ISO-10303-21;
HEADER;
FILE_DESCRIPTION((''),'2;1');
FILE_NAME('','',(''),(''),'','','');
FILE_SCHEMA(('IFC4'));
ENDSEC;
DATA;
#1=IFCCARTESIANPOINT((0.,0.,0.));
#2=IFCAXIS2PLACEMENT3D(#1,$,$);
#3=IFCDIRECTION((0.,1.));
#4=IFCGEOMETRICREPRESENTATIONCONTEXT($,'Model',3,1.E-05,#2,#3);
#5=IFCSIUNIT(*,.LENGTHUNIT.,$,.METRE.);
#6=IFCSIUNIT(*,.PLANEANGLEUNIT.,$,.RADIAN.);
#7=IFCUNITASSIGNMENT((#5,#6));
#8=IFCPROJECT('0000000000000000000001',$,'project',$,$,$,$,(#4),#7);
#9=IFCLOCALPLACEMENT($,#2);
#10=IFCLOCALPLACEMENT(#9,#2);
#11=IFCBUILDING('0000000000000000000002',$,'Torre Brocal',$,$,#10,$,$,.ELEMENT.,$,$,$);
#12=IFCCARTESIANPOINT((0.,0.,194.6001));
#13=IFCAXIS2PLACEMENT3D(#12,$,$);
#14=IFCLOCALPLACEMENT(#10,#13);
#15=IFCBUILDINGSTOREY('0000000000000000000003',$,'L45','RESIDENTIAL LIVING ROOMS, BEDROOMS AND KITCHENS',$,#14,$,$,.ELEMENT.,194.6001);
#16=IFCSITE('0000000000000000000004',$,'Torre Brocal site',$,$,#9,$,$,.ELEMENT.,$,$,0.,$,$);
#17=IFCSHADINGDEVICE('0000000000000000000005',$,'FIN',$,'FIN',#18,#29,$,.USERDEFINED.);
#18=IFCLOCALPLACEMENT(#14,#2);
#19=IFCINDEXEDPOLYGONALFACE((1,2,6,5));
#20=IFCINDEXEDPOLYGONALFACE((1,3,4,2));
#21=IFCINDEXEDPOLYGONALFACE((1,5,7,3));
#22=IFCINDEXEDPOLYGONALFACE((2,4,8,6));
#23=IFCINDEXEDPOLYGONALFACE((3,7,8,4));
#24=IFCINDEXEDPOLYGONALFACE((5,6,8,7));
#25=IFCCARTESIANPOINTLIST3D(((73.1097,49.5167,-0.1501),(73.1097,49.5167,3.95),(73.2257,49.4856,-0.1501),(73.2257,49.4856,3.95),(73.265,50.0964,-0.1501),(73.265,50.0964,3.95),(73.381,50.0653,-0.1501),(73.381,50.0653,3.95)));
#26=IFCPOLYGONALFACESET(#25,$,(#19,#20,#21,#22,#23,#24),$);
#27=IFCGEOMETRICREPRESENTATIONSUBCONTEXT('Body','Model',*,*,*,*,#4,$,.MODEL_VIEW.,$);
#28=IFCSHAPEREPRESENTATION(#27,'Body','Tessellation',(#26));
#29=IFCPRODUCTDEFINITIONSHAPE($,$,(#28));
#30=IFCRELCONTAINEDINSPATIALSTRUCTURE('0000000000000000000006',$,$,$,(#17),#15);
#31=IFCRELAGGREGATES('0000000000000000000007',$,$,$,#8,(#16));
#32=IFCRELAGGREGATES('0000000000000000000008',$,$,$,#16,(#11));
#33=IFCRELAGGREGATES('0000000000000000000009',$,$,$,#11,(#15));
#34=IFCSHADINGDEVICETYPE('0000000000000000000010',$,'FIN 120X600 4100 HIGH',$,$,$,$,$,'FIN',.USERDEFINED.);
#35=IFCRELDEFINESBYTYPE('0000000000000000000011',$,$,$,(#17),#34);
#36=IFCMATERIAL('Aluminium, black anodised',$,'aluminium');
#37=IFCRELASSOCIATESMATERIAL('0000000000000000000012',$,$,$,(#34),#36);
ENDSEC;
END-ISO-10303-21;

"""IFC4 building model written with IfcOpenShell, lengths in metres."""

from ifc_helpers import new_model, si_unit, direction, frame, origin, origin_2d, place, context, subcontext, project, spatial, rectangle, extrude, material, material_profile, profile_set, type_object, element, save


model = new_model("IFC4")

# Units and contexts
model_context = context("Model", 3, precision=1e-05, world=origin(), true_north=direction((0.0, 1.0)))
body_context = subcontext(model_context, "Body", "Model", "MODEL_VIEW")
ifc_project = project(units=[si_unit("LENGTHUNIT", "METRE"), si_unit("PLANEANGLEUNIT", "RADIAN")], contexts=[model_context])

# Site, building, storey
site_placement = place(None, origin())
site = spatial("IfcSite", under=ifc_project, at=site_placement, Name="Torre Brocal site", CompositionType="ELEMENT", RefElevation=0.0)
building_placement = place(site_placement, origin())
building = spatial("IfcBuilding", under=site, at=building_placement, Name="Torre Brocal", CompositionType="ELEMENT")
storey_placement = place(building_placement, frame((0.0, 0.0, 194.6001)))
storey = spatial("IfcBuildingStorey", under=building, at=storey_placement, Name="L45", Description="RESIDENTIAL LIVING ROOMS, BEDROOMS AND KITCHENS", CompositionType="ELEMENT", Elevation=194.6001)

# Shading device
ifc_material_1 = material(Name="Aluminium, black anodised", Category="aluminium")
ifc_material_profile_1 = material_profile(ifc_material_1, rectangle(XDim=0.1201, YDim=0.6001, at=origin_2d()), Name="FIN 120X600 4100 HIGH")
ifc_profile_set_1 = profile_set([ifc_material_profile_1], Name="Aluminium, black anodised")
shading_device_type = type_object("IfcShadingDeviceType", Name="FIN 120X600 4100 HIGH", ElementType="FIN", PredefinedType="USERDEFINED", material=ifc_profile_set_1)
for number, where, z_axis, x_axis, name in (
    (1, (73.2454, 49.791, -0.1501), (0.0, 0.0, 1.0), (0.965926, -0.258819, 0.0), "FIN"),
):
    element("IfcShadingDevice", number, at=place(storey_placement, frame(where, z_axis=z_axis, x_axis=x_axis)), inside=storey, type_object=shading_device_type, Name=name, ObjectType="FIN", PredefinedType="USERDEFINED", context=body_context, shape_type="SweptSolid", body=[
        extrude(rectangle(XDim=0.1201, YDim=0.6001, at=origin_2d()), origin(), (0.0, 0.0, 1.0), 4.1001),
    ])

save(model, "model.ifc")
